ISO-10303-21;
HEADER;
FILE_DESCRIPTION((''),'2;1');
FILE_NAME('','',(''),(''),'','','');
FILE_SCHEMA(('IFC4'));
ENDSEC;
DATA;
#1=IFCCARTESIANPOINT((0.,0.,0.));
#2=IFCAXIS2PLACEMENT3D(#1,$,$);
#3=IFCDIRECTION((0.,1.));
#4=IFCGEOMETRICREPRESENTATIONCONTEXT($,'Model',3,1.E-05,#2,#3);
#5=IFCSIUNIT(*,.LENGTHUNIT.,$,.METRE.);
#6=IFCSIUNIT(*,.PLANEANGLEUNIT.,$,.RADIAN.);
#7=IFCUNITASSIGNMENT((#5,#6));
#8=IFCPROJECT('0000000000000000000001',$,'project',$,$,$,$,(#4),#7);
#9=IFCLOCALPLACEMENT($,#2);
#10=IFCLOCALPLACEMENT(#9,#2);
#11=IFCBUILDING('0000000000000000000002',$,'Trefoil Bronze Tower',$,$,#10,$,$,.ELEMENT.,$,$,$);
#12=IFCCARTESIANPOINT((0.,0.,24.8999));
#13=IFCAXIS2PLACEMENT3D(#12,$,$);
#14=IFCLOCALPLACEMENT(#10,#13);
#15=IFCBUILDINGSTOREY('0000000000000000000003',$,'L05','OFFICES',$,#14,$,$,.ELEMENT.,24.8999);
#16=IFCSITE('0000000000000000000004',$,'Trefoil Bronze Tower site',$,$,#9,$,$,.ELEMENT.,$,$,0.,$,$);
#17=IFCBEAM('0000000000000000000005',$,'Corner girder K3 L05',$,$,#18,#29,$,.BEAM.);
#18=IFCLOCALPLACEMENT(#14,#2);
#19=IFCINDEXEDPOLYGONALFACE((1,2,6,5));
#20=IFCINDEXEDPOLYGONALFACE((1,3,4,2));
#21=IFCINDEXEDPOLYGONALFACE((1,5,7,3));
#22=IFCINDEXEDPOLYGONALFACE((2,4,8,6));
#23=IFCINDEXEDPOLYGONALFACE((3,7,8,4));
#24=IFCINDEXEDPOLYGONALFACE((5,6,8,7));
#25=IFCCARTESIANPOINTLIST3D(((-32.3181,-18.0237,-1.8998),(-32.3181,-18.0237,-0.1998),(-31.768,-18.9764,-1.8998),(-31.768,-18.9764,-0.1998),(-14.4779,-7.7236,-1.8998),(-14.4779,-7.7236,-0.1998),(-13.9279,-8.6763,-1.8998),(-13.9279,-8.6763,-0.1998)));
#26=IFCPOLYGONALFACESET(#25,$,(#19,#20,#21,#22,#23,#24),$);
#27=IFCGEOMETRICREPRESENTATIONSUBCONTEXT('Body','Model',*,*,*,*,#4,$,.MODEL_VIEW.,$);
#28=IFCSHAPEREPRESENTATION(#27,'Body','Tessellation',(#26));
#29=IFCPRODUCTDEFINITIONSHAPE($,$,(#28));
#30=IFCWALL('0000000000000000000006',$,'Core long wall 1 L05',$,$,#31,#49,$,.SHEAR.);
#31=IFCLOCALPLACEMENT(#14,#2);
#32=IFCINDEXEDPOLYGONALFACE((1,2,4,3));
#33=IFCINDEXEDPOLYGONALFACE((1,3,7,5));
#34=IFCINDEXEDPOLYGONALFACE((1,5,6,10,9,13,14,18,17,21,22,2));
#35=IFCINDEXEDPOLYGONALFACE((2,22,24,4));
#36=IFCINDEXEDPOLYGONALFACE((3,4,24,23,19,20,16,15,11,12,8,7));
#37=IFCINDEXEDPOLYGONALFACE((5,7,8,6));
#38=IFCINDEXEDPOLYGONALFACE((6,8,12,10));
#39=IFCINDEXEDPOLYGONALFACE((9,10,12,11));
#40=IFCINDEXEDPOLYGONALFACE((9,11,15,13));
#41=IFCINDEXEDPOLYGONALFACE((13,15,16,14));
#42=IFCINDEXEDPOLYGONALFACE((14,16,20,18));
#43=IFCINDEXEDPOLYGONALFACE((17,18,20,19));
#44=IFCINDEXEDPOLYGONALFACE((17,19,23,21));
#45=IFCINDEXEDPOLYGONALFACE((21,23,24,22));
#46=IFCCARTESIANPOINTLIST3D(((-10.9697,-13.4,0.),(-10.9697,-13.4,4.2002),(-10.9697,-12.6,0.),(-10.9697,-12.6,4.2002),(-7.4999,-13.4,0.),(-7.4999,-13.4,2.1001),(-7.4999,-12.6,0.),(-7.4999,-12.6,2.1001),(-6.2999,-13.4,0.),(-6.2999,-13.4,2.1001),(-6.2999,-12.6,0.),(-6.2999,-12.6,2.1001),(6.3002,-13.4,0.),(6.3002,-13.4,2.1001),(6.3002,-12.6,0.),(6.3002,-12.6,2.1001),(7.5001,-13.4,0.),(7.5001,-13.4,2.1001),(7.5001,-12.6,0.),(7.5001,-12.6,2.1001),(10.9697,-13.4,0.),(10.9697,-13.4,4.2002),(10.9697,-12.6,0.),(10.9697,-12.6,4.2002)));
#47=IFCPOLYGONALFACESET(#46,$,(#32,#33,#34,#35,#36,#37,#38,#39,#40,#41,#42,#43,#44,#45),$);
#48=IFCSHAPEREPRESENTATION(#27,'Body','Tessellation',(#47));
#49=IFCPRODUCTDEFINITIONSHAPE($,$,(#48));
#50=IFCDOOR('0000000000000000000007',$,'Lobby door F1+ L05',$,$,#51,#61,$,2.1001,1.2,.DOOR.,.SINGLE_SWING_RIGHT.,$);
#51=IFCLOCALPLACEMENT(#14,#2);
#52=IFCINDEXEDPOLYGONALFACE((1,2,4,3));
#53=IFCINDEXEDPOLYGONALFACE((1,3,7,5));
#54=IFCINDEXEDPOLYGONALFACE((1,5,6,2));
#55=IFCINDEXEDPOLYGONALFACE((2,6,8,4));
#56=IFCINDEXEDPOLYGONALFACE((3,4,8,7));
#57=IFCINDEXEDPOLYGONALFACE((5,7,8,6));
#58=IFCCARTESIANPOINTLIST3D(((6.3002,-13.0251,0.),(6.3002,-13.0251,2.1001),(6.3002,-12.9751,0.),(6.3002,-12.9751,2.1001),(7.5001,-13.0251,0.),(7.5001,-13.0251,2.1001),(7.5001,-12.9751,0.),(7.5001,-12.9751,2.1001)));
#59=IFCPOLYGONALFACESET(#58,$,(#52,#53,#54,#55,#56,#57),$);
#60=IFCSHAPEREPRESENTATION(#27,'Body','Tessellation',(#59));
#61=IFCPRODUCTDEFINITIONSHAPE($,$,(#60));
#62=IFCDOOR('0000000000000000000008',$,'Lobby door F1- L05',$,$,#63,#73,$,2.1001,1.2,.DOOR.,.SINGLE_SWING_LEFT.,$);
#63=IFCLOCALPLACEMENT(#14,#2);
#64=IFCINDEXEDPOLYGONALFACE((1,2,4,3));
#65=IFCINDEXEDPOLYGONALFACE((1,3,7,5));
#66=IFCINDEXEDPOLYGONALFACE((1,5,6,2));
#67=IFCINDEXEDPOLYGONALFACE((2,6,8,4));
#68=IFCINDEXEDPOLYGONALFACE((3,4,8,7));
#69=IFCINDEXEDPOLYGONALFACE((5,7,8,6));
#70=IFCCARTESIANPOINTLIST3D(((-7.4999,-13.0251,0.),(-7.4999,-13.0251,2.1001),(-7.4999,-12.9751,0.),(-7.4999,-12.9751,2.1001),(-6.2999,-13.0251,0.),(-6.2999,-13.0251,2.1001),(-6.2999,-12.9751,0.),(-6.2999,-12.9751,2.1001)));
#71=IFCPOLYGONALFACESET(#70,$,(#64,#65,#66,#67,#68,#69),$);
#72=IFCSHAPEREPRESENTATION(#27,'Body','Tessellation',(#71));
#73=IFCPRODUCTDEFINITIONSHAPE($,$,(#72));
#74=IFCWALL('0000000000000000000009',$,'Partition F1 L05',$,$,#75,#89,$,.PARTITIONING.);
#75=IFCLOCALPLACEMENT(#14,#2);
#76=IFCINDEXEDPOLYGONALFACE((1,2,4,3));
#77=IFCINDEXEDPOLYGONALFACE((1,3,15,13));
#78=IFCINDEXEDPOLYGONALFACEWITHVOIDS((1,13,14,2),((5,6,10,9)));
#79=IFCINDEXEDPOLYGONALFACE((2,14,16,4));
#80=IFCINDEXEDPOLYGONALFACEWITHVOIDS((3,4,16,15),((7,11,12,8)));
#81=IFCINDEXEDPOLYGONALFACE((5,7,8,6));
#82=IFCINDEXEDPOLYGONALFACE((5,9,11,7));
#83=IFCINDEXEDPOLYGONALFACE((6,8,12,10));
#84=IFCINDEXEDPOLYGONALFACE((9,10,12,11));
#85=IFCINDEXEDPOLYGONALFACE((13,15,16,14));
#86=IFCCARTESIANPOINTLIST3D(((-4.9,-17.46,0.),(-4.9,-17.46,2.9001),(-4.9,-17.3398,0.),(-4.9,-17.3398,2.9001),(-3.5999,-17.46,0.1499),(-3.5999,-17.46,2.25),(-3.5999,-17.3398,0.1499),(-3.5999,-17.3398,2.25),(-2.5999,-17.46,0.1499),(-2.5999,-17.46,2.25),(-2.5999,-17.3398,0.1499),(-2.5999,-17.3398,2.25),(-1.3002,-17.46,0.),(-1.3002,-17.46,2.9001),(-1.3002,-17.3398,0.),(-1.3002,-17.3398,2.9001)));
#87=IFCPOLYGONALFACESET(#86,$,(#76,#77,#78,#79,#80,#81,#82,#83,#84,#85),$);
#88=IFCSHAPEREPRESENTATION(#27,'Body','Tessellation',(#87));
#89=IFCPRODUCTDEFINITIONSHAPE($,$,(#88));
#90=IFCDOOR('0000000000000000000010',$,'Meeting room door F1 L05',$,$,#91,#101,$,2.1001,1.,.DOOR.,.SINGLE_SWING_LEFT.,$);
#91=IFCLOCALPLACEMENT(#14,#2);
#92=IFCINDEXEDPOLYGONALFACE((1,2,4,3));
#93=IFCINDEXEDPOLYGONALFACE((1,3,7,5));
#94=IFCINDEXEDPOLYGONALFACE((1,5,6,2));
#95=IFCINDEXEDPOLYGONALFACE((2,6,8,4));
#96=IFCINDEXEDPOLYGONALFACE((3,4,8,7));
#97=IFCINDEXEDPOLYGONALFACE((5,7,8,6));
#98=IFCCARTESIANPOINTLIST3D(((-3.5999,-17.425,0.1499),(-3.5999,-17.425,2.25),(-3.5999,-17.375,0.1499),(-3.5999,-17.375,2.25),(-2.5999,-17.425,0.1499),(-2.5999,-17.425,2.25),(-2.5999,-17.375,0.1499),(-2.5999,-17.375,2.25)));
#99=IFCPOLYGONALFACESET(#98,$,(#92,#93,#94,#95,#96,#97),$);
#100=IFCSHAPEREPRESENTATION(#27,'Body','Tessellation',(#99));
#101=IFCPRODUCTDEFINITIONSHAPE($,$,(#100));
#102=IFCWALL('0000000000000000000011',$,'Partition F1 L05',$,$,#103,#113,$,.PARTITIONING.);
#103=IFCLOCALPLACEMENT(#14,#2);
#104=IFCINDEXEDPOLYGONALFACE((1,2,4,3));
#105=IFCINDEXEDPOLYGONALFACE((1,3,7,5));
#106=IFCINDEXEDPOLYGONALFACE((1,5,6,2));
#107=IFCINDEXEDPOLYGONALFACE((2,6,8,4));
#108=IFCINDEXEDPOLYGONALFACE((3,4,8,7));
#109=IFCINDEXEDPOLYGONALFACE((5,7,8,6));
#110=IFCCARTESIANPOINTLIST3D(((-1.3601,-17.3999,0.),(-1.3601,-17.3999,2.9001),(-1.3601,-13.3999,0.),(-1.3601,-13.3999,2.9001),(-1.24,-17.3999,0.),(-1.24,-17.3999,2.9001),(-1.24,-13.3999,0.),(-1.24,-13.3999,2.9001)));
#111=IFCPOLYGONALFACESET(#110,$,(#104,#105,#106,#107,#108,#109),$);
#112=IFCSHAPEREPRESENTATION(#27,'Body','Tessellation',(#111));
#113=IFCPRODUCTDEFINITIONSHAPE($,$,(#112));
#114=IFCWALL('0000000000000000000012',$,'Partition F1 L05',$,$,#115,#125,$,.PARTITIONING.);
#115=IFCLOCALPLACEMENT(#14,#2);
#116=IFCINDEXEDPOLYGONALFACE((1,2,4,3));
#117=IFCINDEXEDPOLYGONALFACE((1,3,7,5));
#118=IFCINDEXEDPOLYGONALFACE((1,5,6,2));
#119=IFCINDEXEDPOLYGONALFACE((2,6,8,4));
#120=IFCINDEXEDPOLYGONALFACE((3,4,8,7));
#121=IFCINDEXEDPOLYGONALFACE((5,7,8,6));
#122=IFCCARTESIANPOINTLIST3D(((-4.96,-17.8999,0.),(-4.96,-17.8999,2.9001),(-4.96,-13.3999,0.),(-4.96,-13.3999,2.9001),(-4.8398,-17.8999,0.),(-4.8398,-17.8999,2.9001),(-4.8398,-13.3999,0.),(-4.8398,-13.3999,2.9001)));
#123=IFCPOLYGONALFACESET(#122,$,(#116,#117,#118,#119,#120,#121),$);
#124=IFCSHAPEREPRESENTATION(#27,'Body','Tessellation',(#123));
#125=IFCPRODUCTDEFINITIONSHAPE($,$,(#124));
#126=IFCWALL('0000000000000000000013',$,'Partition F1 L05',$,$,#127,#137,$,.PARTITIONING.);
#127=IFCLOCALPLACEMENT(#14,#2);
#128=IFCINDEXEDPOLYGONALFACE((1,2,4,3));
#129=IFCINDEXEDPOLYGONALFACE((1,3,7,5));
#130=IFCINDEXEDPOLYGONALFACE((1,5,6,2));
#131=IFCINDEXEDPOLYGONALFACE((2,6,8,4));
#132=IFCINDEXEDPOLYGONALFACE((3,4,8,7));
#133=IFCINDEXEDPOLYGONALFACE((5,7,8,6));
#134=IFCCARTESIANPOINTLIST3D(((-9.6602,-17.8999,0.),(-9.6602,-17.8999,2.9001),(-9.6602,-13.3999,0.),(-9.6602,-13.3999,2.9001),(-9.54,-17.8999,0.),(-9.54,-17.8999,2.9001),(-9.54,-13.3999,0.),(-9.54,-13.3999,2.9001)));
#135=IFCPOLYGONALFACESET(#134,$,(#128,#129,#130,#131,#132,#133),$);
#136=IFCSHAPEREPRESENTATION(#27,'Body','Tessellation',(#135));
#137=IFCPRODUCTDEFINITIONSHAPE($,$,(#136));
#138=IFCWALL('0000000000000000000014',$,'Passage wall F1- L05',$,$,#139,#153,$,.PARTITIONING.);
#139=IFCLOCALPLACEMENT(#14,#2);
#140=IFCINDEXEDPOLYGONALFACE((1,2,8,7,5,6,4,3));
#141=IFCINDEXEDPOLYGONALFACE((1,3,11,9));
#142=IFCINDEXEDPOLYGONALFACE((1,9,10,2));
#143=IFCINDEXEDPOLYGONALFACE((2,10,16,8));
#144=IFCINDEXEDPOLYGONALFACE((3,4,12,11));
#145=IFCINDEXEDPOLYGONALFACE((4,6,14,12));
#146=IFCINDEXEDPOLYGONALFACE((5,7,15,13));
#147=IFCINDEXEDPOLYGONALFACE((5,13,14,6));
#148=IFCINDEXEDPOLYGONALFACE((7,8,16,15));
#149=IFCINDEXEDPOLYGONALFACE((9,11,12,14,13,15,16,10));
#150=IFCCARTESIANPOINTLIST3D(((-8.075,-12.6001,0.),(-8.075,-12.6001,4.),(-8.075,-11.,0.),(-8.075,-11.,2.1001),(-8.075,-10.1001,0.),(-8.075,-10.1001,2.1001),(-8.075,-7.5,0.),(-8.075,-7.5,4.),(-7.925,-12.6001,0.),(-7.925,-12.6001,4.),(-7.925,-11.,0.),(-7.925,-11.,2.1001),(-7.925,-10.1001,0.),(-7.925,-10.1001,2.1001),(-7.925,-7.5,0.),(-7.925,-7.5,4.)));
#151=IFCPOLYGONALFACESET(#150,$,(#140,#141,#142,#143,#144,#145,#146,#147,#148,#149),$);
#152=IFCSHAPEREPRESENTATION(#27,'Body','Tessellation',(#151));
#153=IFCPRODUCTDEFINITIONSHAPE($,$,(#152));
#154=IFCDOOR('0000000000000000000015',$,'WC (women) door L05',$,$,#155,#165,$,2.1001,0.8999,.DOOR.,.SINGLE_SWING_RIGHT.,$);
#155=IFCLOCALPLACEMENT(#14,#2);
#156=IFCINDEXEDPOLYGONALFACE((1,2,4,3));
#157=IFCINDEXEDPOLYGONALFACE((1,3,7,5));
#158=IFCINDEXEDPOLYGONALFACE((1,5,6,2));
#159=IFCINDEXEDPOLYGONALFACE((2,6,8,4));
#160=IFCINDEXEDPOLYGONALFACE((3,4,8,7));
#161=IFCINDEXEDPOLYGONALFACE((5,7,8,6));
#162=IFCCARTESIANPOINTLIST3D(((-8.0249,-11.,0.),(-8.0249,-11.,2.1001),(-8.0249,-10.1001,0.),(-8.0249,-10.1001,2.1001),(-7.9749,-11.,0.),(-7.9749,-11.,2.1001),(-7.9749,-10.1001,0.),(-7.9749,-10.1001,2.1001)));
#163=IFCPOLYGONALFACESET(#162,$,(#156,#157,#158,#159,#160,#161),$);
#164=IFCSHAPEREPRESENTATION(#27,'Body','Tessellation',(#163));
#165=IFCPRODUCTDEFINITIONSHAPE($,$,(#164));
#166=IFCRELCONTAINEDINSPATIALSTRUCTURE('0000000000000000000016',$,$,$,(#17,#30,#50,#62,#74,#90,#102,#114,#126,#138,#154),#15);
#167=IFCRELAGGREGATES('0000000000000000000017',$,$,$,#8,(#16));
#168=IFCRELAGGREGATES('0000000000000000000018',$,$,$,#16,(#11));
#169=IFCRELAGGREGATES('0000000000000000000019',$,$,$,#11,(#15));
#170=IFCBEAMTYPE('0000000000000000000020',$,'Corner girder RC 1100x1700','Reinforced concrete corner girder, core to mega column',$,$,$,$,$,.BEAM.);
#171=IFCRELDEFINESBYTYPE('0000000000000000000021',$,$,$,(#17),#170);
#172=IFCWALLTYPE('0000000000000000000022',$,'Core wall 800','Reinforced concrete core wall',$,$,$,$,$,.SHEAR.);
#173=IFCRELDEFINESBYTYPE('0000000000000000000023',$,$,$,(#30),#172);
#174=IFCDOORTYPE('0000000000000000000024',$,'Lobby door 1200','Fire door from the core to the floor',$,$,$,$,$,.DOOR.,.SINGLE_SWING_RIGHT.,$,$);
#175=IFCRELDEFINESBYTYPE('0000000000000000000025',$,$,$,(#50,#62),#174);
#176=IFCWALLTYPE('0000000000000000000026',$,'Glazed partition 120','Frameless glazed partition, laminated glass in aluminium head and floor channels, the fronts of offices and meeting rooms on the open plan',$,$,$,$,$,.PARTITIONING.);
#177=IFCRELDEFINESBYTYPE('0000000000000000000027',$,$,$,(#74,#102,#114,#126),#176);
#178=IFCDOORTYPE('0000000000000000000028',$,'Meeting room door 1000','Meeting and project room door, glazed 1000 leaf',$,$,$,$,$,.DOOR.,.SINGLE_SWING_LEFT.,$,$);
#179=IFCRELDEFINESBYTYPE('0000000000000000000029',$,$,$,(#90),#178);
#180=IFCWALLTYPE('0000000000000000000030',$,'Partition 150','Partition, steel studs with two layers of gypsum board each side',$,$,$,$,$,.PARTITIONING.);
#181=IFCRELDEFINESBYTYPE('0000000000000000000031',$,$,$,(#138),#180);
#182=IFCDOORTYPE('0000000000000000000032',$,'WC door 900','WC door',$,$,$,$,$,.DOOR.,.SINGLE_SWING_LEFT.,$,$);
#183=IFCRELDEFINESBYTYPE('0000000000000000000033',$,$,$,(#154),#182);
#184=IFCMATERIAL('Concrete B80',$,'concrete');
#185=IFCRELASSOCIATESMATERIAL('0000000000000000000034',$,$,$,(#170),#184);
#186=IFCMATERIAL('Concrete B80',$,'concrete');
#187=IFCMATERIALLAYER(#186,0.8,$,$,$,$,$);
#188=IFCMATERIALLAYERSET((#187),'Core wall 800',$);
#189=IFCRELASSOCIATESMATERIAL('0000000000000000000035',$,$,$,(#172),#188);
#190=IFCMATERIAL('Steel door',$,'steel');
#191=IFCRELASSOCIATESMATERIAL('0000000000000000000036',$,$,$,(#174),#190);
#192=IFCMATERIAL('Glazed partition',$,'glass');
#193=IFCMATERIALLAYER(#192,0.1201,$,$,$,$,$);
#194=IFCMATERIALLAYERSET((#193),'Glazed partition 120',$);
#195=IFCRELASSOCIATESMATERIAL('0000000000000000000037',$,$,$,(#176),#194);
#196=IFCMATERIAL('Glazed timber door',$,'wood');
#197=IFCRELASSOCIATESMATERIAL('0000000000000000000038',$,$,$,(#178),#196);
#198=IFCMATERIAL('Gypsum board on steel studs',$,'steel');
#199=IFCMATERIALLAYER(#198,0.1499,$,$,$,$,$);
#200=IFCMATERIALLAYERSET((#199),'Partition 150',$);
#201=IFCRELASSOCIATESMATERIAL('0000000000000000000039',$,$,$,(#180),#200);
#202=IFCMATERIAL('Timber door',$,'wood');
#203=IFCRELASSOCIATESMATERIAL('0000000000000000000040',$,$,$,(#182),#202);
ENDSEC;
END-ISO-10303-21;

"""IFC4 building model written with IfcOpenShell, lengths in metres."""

from ifc_helpers import new_model, si_unit, direction, frame, frame_2d, origin, origin_2d, place, context, subcontext, project, spatial, rectangle, extrude, material, layer, layer_set, material_profile, profile_set, type_object, element, fill, save


model = new_model("IFC4")

# Units and contexts
model_context = context("Model", 3, precision=1e-05, world=origin(), true_north=direction((0.0, 1.0)))
body_context = subcontext(model_context, "Body", "Model", "MODEL_VIEW")
ifc_project = project(units=[si_unit("LENGTHUNIT", "METRE"), si_unit("PLANEANGLEUNIT", "RADIAN")], contexts=[model_context])

# Site, building, storey
site_placement = place(None, origin())
site = spatial("IfcSite", under=ifc_project, at=site_placement, Name="Trefoil Bronze Tower site", CompositionType="ELEMENT", RefElevation=0.0)
building_placement = place(site_placement, origin())
building = spatial("IfcBuilding", under=site, at=building_placement, Name="Trefoil Bronze Tower", CompositionType="ELEMENT")
storey_placement = place(building_placement, frame((0.0, 0.0, 24.8999)))
storey = spatial("IfcBuildingStorey", under=building, at=storey_placement, Name="L05", Description="OFFICES", CompositionType="ELEMENT", Elevation=24.8999)

# Beam
ifc_material_1 = material(Name="Concrete B80", Category="concrete")
ifc_material_profile_1 = material_profile(ifc_material_1, rectangle(XDim=1.1001, YDim=1.7, at=origin_2d()), Name="RC 1100x1700")
ifc_profile_set_1 = profile_set([ifc_material_profile_1], Name="Concrete B80")
beam_type_1 = type_object("IfcBeamType", Name="Corner girder RC 1100x1700", Description="Reinforced concrete corner girder, core to mega column", PredefinedType="BEAM", material=ifc_profile_set_1)
beam_1_placement = place(storey_placement, frame((-14.2029, -8.2, -1.0498), z_axis=(-0.866024, -0.500003, 0.0), x_axis=(0.500003, -0.866024, 0.0)))
element("IfcBeam", 1, at=beam_1_placement, inside=storey, type_object=beam_type_1, Name="Corner girder K3 L05", PredefinedType="BEAM", context=body_context, shape_type="SweptSolid", body=[
    extrude(rectangle(XDim=1.1001, YDim=1.7, at=origin_2d()), origin(), (0.0, 0.0, 1.0), 20.6001),
])

# Wall, openings, doors
ifc_material_2 = material(Name="Concrete B80", Category="concrete")
ifc_layer_1 = layer(ifc_material_2, 0.8)
ifc_layer_set_1 = layer_set([ifc_layer_1], Name="Core wall 800")
wall_type_1 = type_object("IfcWallType", Name="Core wall 800", Description="Reinforced concrete core wall", PredefinedType="SHEAR", material=ifc_layer_set_1)
wall_1_placement = place(storey_placement, frame((-10.9697, -13.0, 0.0), z_axis=(0.0, 0.0, 1.0), x_axis=(1.0, 0.0, 0.0)))
wall_1 = element("IfcWall", 2, at=wall_1_placement, inside=storey, type_object=wall_type_1, Name="Core long wall 1 L05", PredefinedType="SHEAR", context=body_context, shape_type="SweptSolid", body=[
    extrude(rectangle(XDim=21.9395, YDim=0.8, at=frame_2d((10.9697, 0.0))), origin(), (0.0, 0.0, 1.0), 4.2002),
])
opening_1_placement = place(wall_1_placement, frame((17.2698, 0.0, 0.0)))
opening_1 = element("IfcOpeningElement", 3, at=opening_1_placement, cuts=wall_1, PredefinedType="OPENING", context=body_context, shape_type="SweptSolid", body=[
    extrude(rectangle(XDim=1.2, YDim=2.1001, at=frame_2d((0.6001, 1.05))), frame((0.0, 0.4099, 0.0), z_axis=(0.0, -1.0, 0.0), x_axis=(1.0, 0.0, 0.0)), (0.0, 0.0, 1.0), 0.8201),
])
opening_2_placement = place(wall_1_placement, frame((3.4697, 0.0, 0.0)))
opening_2 = element("IfcOpeningElement", 4, at=opening_2_placement, cuts=wall_1, PredefinedType="OPENING", context=body_context, shape_type="SweptSolid", body=[
    extrude(rectangle(XDim=1.2, YDim=2.1001, at=frame_2d((0.6001, 1.05))), frame((0.0, 0.4099, 0.0), z_axis=(0.0, -1.0, 0.0), x_axis=(1.0, 0.0, 0.0)), (0.0, 0.0, 1.0), 0.8201),
])
ifc_material_3 = material(Name="Steel door", Category="steel")
door_type_1 = type_object("IfcDoorType", Name="Lobby door 1200", Description="Fire door from the core to the floor", OperationType="SINGLE_SWING_RIGHT", PredefinedType="DOOR", material=ifc_material_3)
door_1_placement = place(opening_1_placement, origin())
door_1 = element("IfcDoor", 5, at=door_1_placement, inside=storey, type_object=door_type_1, Name="Lobby door F1+ L05", OperationType="SINGLE_SWING_RIGHT", OverallHeight=2.1001, OverallWidth=1.2, PredefinedType="DOOR", context=body_context, shape_type="SweptSolid", body=[
    extrude(rectangle(XDim=1.2, YDim=2.1001, at=frame_2d((0.6001, 1.05))), frame((0.0, 0.0249, 0.0), z_axis=(0.0, -1.0, 0.0), x_axis=(1.0, 0.0, 0.0)), (0.0, 0.0, 1.0), 0.05),
])
fill(opening_1, door_1)
door_2_placement = place(opening_2_placement, origin())
door_2 = element("IfcDoor", 6, at=door_2_placement, inside=storey, type_object=door_type_1, Name="Lobby door F1- L05", OperationType="SINGLE_SWING_LEFT", OverallHeight=2.1001, OverallWidth=1.2, PredefinedType="DOOR", context=body_context, shape_type="SweptSolid", body=[
    extrude(rectangle(XDim=1.2, YDim=2.1001, at=frame_2d((0.6001, 1.05))), frame((0.0, 0.0249, 0.0), z_axis=(0.0, -1.0, 0.0), x_axis=(1.0, 0.0, 0.0)), (0.0, 0.0, 1.0), 0.05),
])
fill(opening_2, door_2)

# Wall, opening, door
ifc_material_4 = material(Name="Glazed partition", Category="glass")
ifc_layer_2 = layer(ifc_material_4, 0.1201)
ifc_layer_set_2 = layer_set([ifc_layer_2], Name="Glazed partition 120")
wall_type_2 = type_object("IfcWallType", Name="Glazed partition 120", Description="Frameless glazed partition, laminated glass in aluminium head and floor channels, the fronts of offices and meeting rooms on the open plan", PredefinedType="PARTITIONING", material=ifc_layer_set_2)
wall_2_placement = place(storey_placement, frame((-4.8999, -17.3999, 0.0), z_axis=(0.0, 0.0, 1.0), x_axis=(1.0, 0.0, 0.0)))
wall_2 = element("IfcWall", 7, at=wall_2_placement, inside=storey, type_object=wall_type_2, Name="Partition F1 L05", PredefinedType="PARTITIONING", context=body_context, shape_type="SweptSolid", body=[
    extrude(rectangle(XDim=3.5999, YDim=0.1201, at=frame_2d((1.7998, 0.0))), origin(), (0.0, 0.0, 1.0), 2.9001),
])
opening_3_placement = place(wall_2_placement, frame((1.3, 0.0, 0.1499)))
opening_3 = element("IfcOpeningElement", 8, at=opening_3_placement, cuts=wall_2, PredefinedType="OPENING", context=body_context, shape_type="SweptSolid", body=[
    extrude(rectangle(XDim=1.0, YDim=2.1001, at=frame_2d((0.5, 1.05))), frame((0.0, 0.0701, 0.0), z_axis=(0.0, -1.0, 0.0), x_axis=(1.0, 0.0, 0.0)), (0.0, 0.0, 1.0), 0.1401),
])
ifc_material_5 = material(Name="Glazed timber door", Category="wood")
door_type_2 = type_object("IfcDoorType", Name="Meeting room door 1000", Description="Meeting and project room door, glazed 1000 leaf", OperationType="SINGLE_SWING_LEFT", PredefinedType="DOOR", material=ifc_material_5)
door_3_placement = place(opening_3_placement, origin())
door_3 = element("IfcDoor", 9, at=door_3_placement, inside=storey, type_object=door_type_2, Name="Meeting room door F1 L05", OperationType="SINGLE_SWING_LEFT", OverallHeight=2.1001, OverallWidth=1.0, PredefinedType="DOOR", context=body_context, shape_type="SweptSolid", body=[
    extrude(rectangle(XDim=1.0, YDim=2.1001, at=frame_2d((0.5, 1.05))), frame((0.0, 0.0249, 0.0), z_axis=(0.0, -1.0, 0.0), x_axis=(1.0, 0.0, 0.0)), (0.0, 0.0, 1.0), 0.05),
])
fill(opening_3, door_3)

# Walls
wall_3_placement = place(storey_placement, frame((-1.3, -13.3999, 0.0), z_axis=(0.0, 0.0, 1.0), x_axis=(0.0, -1.0, 0.0)))
element("IfcWall", 10, at=wall_3_placement, inside=storey, type_object=wall_type_2, Name="Partition F1 L05", PredefinedType="PARTITIONING", context=body_context, shape_type="SweptSolid", body=[
    extrude(rectangle(XDim=4.0, YDim=0.1201, at=frame_2d((2.0, 0.0))), origin(), (0.0, 0.0, 1.0), 2.9001),
])
for number, where, z_axis, x_axis, name in (
    (11, (-4.8999, -13.3999, 0.0), (0.0, 0.0, 1.0), (0.0, -1.0, 0.0), "Partition F1 L05"),
    (12, (-9.6001, -13.3999, 0.0), (0.0, 0.0, 1.0), (0.0, -1.0, 0.0), "Partition F1 L05"),
):
    element("IfcWall", number, at=place(storey_placement, frame(where, z_axis=z_axis, x_axis=x_axis)), inside=storey, type_object=wall_type_2, Name=name, PredefinedType="PARTITIONING", context=body_context, shape_type="SweptSolid", body=[
        extrude(rectangle(XDim=4.5, YDim=0.1201, at=frame_2d((2.25, 0.0))), origin(), (0.0, 0.0, 1.0), 2.9001),
    ])

# Wall, opening, door
ifc_material_6 = material(Name="Gypsum board on steel studs", Category="steel")
ifc_layer_3 = layer(ifc_material_6, 0.1499)
ifc_layer_set_3 = layer_set([ifc_layer_3], Name="Partition 150")
wall_type_3 = type_object("IfcWallType", Name="Partition 150", Description="Partition, steel studs with two layers of gypsum board each side", PredefinedType="PARTITIONING", material=ifc_layer_set_3)
wall_4_placement = place(storey_placement, frame((-8.0, -7.5, 0.0), z_axis=(0.0, 0.0, 1.0), x_axis=(0.0, -1.0, 0.0)))
wall_4 = element("IfcWall", 13, at=wall_4_placement, inside=storey, type_object=wall_type_3, Name="Passage wall F1- L05", PredefinedType="PARTITIONING", context=body_context, shape_type="SweptSolid", body=[
    extrude(rectangle(XDim=5.1001, YDim=0.1499, at=frame_2d((2.55, 0.0))), origin(), (0.0, 0.0, 1.0), 4.0),
])
opening_4_placement = place(wall_4_placement, frame((2.6001, 0.0, 0.0)))
opening_4 = element("IfcOpeningElement", 14, at=opening_4_placement, cuts=wall_4, PredefinedType="OPENING", context=body_context, shape_type="SweptSolid", body=[
    extrude(rectangle(XDim=0.8999, YDim=2.1001, at=frame_2d((0.45, 1.05))), frame((0.0, 0.085, 0.0), z_axis=(0.0, -1.0, 0.0), x_axis=(1.0, 0.0, 0.0)), (0.0, 0.0, 1.0), 0.1699),
])
ifc_material_7 = material(Name="Timber door", Category="wood")
door_type_3 = type_object("IfcDoorType", Name="WC door 900", Description="WC door", OperationType="SINGLE_SWING_LEFT", PredefinedType="DOOR", material=ifc_material_7)
door_4_placement = place(opening_4_placement, frame((0.8999, 0.0, 0.0), z_axis=(0.0, 0.0, 1.0), x_axis=(-1.0, 0.0, 0.0)))
door_4 = element("IfcDoor", 15, at=door_4_placement, inside=storey, type_object=door_type_3, Name="WC (women) door L05", OperationType="SINGLE_SWING_RIGHT", OverallHeight=2.1001, OverallWidth=0.8999, PredefinedType="DOOR", context=body_context, shape_type="SweptSolid", body=[
    extrude(rectangle(XDim=0.8999, YDim=2.1001, at=frame_2d((0.45, 1.05))), frame((0.0, 0.0249, 0.0), z_axis=(0.0, -1.0, 0.0), x_axis=(1.0, 0.0, 0.0)), (0.0, 0.0, 1.0), 0.05),
])
fill(opening_4, door_4)

save(model, "model.ifc")
